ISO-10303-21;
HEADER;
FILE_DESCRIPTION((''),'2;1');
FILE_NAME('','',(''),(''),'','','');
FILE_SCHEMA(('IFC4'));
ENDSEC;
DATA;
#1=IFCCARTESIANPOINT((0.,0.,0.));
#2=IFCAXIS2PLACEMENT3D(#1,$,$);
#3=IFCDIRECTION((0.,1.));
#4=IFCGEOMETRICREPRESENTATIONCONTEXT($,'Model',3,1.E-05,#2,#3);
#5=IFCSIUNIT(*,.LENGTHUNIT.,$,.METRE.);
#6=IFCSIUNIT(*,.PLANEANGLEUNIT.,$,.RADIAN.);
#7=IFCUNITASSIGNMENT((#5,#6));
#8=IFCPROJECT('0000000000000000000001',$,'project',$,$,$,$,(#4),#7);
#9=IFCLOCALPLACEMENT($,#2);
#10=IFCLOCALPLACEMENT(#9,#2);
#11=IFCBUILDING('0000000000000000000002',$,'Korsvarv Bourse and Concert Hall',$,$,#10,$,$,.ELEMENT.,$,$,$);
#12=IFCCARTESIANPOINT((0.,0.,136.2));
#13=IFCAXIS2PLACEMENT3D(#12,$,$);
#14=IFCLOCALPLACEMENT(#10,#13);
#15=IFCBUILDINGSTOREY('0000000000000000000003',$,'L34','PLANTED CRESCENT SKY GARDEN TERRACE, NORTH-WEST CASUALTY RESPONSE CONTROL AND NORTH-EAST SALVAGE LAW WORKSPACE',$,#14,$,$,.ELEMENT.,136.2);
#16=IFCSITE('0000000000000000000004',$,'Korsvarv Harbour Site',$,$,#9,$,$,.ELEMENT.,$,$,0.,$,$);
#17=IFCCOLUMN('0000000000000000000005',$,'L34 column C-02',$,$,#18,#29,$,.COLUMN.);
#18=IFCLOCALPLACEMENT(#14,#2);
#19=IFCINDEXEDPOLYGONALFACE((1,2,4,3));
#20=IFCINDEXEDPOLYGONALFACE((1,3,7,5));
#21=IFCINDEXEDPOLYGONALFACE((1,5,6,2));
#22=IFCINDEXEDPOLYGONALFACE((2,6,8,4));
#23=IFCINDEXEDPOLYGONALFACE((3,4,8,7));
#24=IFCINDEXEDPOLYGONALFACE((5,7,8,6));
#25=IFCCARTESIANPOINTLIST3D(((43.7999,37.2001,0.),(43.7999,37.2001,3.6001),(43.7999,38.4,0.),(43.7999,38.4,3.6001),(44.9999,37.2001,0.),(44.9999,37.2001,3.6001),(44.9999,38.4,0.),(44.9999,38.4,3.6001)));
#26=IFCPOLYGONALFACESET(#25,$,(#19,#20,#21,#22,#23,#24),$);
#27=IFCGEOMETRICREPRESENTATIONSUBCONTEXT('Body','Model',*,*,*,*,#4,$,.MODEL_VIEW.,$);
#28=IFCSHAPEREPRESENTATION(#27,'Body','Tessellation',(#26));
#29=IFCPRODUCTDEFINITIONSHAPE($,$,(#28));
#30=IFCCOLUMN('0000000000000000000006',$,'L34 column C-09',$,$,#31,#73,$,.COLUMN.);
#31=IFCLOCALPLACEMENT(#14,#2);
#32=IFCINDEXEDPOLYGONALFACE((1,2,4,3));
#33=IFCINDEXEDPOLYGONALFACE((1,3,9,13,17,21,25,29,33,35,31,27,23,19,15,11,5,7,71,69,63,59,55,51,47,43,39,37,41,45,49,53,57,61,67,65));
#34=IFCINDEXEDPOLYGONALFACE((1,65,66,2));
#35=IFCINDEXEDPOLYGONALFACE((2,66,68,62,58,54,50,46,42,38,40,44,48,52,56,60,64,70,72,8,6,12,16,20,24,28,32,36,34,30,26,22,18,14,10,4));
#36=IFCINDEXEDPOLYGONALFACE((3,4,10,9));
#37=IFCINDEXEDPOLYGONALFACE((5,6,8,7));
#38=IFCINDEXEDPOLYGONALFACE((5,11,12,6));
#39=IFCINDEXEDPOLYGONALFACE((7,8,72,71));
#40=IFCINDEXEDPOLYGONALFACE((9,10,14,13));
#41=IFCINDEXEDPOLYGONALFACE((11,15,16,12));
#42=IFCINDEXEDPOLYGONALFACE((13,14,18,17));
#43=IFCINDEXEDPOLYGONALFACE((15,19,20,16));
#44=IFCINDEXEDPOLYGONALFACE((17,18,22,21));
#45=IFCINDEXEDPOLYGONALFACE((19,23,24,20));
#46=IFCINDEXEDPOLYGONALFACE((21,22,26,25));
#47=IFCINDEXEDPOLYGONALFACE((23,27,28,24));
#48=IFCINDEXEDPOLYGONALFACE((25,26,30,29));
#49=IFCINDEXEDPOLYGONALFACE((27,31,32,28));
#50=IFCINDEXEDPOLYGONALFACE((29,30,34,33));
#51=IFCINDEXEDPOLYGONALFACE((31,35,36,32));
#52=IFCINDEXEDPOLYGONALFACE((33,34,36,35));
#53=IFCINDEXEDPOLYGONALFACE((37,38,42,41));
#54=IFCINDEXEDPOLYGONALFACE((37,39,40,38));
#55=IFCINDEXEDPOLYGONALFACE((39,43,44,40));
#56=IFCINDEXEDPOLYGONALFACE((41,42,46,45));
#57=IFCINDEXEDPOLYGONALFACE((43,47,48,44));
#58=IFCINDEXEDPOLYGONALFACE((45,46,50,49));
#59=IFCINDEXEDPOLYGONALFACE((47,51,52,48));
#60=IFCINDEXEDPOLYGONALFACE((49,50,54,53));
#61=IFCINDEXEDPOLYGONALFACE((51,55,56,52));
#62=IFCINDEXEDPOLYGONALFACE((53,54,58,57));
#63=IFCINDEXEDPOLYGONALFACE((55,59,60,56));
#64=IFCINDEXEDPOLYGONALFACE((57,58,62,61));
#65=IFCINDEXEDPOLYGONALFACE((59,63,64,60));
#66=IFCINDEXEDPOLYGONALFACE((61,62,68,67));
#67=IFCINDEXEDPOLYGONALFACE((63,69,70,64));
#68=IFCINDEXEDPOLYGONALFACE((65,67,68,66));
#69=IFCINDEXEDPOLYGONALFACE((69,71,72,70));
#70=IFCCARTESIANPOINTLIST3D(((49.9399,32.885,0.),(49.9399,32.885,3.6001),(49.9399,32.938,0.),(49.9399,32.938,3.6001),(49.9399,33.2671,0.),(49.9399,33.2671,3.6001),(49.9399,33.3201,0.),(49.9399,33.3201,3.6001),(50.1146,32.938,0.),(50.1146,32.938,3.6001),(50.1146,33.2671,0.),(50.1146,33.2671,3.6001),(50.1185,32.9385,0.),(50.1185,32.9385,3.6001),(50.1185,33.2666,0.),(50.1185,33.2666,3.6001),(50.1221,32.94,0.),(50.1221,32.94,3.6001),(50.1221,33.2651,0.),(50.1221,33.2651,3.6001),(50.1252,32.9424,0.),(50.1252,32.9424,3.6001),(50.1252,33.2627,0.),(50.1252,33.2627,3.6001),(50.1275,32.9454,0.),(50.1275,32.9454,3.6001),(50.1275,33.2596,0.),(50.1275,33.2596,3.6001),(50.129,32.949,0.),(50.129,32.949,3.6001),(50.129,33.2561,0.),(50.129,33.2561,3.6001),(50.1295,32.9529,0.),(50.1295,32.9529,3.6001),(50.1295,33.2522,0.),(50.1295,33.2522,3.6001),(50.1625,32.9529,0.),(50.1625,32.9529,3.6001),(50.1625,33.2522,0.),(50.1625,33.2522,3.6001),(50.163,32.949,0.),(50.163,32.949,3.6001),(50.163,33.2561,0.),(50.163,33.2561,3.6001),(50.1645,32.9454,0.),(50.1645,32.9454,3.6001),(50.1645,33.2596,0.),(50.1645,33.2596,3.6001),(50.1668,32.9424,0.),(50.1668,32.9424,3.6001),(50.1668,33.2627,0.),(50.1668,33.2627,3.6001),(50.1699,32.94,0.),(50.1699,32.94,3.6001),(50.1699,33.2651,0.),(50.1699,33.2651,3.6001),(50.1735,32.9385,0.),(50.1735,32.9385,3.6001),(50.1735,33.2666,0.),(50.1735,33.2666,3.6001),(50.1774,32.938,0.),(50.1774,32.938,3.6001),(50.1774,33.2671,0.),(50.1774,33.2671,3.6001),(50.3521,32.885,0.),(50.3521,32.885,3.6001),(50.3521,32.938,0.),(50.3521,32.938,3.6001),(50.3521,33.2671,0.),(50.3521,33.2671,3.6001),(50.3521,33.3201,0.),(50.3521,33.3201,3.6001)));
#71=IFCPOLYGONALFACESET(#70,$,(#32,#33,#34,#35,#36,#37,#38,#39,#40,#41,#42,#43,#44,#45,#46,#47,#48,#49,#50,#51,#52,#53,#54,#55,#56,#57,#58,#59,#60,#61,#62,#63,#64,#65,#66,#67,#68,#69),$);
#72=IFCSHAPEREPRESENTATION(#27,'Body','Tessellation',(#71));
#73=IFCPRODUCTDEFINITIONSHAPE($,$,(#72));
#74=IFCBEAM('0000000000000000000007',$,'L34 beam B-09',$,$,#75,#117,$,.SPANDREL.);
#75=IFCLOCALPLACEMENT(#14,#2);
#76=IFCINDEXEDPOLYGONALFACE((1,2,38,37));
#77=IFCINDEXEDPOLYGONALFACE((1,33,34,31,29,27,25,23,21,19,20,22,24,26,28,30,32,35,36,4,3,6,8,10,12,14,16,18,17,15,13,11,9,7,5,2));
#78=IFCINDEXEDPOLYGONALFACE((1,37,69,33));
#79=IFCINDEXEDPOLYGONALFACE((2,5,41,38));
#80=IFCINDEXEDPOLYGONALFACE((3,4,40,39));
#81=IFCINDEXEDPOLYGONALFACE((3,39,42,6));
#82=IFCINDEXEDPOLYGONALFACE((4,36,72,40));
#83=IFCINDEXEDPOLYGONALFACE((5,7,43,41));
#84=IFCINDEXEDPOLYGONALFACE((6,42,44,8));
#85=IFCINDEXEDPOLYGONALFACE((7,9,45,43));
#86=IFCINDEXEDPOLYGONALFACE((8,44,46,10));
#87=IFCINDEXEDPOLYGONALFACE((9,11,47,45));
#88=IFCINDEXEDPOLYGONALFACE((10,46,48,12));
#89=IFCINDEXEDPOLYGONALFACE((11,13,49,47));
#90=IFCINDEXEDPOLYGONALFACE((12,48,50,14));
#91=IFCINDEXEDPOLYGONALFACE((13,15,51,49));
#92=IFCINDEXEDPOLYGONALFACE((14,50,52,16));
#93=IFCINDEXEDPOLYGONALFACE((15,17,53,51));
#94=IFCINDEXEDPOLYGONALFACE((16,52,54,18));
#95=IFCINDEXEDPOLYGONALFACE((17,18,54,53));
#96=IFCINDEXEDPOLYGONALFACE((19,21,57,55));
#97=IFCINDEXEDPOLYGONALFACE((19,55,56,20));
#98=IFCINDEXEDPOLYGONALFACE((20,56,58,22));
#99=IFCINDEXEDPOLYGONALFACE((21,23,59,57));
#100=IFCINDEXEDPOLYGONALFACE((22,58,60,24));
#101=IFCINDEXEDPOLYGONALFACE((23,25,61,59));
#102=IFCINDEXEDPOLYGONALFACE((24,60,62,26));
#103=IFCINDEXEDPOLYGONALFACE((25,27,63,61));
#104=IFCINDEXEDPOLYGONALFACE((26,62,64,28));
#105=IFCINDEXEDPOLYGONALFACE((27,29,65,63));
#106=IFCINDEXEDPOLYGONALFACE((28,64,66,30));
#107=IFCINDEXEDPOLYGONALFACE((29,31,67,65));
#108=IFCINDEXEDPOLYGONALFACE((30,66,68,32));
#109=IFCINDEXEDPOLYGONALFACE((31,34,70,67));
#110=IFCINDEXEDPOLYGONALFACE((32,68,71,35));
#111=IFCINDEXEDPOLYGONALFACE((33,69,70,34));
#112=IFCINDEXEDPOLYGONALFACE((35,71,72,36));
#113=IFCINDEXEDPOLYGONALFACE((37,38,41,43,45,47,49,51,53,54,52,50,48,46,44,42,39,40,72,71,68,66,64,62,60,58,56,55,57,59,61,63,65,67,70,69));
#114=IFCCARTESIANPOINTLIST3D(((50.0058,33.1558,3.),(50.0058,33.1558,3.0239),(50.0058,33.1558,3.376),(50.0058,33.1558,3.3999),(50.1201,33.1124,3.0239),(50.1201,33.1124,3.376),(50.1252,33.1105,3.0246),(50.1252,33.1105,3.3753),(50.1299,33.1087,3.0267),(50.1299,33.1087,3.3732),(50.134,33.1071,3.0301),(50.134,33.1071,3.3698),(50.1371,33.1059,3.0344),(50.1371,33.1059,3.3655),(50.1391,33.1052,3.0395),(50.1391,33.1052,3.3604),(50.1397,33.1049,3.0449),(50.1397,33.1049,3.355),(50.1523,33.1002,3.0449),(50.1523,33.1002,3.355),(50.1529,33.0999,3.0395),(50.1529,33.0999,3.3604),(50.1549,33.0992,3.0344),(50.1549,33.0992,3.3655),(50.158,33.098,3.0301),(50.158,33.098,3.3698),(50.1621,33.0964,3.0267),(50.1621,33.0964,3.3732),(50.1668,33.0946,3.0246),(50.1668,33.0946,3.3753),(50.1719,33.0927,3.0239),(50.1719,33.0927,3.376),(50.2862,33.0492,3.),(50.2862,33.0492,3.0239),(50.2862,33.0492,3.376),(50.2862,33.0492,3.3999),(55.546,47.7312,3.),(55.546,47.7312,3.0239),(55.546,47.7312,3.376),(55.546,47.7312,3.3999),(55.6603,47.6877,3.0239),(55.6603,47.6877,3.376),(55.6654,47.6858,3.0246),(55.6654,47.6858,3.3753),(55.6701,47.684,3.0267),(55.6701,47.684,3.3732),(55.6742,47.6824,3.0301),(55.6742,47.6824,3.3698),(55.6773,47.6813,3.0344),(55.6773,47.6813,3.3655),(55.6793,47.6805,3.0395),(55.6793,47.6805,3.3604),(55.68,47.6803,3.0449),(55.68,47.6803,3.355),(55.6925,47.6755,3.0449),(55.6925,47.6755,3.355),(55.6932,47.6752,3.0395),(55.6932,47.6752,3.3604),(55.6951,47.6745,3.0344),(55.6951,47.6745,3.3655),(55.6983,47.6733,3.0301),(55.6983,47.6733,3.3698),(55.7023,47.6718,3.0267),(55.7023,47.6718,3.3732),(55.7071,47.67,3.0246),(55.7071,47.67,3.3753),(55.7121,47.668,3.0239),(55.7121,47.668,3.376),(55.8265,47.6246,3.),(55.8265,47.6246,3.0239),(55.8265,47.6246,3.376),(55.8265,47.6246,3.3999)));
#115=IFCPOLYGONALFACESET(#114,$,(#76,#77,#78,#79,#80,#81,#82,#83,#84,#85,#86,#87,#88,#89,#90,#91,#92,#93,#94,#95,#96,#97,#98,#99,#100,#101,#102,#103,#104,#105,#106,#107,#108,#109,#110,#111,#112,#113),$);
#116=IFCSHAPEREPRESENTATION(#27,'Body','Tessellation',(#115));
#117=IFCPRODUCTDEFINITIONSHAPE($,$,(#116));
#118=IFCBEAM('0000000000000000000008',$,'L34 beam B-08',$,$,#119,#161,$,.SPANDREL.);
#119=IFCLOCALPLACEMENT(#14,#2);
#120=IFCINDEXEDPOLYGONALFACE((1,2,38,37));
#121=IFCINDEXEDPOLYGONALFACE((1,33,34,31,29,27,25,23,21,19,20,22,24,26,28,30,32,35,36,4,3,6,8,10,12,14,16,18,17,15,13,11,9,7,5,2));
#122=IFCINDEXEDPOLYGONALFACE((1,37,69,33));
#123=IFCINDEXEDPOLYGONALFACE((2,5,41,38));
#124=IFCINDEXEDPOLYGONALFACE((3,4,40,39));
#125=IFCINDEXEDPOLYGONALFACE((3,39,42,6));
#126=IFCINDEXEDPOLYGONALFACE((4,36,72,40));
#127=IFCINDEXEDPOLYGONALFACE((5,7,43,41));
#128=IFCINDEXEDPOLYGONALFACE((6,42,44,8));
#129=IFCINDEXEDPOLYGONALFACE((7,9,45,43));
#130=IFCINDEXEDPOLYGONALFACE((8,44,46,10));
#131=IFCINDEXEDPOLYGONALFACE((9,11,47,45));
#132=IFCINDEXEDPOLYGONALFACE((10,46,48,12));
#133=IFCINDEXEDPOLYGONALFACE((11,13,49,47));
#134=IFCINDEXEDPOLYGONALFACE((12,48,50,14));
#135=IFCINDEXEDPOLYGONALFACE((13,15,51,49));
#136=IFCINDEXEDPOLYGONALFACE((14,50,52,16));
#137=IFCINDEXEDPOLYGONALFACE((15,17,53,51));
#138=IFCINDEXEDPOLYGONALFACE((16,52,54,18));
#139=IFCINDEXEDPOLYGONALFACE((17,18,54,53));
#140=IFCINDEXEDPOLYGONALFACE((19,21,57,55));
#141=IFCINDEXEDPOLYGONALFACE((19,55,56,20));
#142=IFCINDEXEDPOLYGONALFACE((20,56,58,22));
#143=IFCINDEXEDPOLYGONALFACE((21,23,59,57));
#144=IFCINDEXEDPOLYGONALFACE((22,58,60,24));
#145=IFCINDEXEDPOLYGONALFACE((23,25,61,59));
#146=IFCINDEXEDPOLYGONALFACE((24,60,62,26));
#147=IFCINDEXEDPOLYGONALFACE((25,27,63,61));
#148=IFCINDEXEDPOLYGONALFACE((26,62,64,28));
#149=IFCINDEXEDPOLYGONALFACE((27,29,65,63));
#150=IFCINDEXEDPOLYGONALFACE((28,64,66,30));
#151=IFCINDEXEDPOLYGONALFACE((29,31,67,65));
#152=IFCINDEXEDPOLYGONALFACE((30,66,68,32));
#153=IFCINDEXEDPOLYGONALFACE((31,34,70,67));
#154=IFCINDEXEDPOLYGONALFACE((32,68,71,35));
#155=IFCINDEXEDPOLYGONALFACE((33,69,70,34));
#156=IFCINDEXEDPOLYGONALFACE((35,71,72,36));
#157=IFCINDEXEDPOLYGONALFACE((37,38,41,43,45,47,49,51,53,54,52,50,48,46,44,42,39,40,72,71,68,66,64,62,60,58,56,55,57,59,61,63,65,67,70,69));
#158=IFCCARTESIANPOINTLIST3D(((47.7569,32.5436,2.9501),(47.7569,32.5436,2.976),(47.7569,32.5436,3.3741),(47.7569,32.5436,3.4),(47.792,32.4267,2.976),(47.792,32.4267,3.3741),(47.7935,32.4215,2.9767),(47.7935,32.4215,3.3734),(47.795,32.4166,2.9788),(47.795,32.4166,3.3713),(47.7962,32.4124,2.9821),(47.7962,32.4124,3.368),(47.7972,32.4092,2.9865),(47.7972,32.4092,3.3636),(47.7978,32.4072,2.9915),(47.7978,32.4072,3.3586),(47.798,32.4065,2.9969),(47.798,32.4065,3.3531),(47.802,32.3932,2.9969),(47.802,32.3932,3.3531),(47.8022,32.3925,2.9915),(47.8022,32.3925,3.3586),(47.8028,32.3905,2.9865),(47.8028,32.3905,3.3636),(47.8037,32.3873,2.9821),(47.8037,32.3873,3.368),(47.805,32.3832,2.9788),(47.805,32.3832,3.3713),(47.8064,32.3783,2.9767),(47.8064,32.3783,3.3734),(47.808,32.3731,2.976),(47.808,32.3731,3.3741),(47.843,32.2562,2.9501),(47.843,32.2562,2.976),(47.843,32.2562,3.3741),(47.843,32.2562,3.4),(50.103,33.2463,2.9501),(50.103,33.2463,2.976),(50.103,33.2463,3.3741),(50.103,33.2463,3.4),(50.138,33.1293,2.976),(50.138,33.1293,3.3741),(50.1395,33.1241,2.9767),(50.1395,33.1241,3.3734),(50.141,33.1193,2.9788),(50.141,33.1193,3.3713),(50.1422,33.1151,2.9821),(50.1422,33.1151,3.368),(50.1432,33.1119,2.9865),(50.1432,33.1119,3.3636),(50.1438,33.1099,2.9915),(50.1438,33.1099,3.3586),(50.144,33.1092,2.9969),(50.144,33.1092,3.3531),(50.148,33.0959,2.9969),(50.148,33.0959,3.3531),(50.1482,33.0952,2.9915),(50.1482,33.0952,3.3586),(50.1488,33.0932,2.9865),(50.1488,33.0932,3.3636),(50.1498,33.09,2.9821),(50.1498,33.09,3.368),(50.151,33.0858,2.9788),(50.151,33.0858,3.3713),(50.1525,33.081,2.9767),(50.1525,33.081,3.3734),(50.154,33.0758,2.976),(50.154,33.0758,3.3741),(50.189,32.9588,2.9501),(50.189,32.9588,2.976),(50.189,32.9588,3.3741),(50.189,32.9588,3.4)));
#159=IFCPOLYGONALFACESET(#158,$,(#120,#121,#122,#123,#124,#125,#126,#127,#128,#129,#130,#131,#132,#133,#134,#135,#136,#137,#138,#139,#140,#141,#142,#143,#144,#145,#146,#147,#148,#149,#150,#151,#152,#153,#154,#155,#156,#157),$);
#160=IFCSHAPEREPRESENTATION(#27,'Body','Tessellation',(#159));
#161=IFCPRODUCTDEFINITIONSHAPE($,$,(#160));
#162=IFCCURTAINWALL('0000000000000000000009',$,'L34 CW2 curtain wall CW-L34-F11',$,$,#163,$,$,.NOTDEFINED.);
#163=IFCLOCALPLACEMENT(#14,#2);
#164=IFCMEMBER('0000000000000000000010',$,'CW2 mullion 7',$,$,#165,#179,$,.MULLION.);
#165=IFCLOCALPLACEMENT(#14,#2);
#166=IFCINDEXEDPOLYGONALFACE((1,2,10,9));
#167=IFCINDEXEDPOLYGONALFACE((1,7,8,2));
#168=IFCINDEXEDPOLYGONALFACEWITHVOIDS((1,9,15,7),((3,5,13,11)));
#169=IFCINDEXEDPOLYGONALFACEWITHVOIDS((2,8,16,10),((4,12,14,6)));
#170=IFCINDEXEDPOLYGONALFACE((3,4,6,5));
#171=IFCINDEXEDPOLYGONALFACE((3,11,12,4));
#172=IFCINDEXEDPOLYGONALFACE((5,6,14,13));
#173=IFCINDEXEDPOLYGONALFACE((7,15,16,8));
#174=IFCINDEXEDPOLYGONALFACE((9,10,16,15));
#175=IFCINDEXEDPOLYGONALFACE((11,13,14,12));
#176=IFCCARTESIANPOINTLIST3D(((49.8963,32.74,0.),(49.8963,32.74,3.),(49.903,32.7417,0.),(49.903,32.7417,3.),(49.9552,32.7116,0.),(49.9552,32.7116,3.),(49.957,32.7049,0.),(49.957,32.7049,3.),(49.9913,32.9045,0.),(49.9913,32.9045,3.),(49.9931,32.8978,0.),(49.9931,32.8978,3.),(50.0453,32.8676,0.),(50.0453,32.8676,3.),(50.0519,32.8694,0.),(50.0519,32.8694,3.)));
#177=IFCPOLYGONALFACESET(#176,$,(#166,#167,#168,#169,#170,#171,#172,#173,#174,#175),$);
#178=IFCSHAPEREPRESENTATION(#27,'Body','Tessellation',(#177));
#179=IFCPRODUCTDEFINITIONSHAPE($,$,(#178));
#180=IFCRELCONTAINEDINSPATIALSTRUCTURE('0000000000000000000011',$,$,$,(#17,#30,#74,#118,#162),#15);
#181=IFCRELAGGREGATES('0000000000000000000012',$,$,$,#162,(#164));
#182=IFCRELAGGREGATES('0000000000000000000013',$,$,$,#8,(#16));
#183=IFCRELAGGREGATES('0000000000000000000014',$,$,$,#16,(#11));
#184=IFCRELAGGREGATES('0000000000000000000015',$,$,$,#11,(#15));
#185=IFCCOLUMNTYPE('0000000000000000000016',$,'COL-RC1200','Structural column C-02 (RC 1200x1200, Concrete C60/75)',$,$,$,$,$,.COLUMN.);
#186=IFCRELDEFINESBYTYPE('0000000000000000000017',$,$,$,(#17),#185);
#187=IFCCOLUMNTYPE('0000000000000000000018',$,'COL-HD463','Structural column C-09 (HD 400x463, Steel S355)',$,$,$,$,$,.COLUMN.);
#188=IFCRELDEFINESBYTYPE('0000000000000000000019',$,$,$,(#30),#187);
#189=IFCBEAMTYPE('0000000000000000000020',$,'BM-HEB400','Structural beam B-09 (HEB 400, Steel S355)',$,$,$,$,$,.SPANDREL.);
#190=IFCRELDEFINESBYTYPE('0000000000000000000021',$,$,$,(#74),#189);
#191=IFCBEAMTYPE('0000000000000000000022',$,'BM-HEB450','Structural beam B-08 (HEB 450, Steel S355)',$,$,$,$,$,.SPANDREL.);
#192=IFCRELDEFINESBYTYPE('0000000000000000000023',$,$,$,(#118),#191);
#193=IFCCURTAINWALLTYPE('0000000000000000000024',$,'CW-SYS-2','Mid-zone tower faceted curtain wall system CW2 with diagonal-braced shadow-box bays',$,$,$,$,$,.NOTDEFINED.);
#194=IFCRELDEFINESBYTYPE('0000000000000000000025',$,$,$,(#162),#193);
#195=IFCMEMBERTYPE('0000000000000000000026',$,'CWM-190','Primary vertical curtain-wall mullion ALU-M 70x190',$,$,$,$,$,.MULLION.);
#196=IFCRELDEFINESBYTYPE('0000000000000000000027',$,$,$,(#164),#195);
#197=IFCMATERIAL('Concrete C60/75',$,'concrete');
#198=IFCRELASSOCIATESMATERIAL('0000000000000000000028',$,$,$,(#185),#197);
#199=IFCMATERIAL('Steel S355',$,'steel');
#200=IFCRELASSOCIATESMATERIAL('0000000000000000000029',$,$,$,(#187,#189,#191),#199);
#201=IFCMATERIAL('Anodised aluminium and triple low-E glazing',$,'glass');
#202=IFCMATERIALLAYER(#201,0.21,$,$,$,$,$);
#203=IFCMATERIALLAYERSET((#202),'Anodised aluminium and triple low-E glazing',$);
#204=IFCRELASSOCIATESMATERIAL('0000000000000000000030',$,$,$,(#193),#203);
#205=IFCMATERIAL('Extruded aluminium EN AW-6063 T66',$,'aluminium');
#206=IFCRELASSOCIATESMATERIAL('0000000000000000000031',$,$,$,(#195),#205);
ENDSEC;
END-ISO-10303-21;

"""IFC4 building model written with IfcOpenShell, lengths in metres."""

from ifc_helpers import new_model, si_unit, direction, frame, origin, origin_2d, place, context, subcontext, project, spatial, rectangle, hollow_rectangle, i_section, extrude, source, transform, mapped, material, layer, layer_set, material_profile, profile_set, type_object, element, aggregate, save


model = new_model("IFC4")

# Units and contexts
model_context = context("Model", 3, precision=1e-05, world=origin(), true_north=direction((0.0, 1.0)))
body_context = subcontext(model_context, "Body", "Model", "MODEL_VIEW")
ifc_project = project(units=[si_unit("LENGTHUNIT", "METRE"), si_unit("PLANEANGLEUNIT", "RADIAN")], contexts=[model_context])

# Site, building, storey
site_placement = place(None, origin())
site = spatial("IfcSite", under=ifc_project, at=site_placement, Name="Korsvarv Harbour Site", CompositionType="ELEMENT", RefElevation=0.0)
building_placement = place(site_placement, origin())
building = spatial("IfcBuilding", under=site, at=building_placement, Name="Korsvarv Bourse and Concert Hall", CompositionType="ELEMENT")
storey_placement = place(building_placement, frame((0.0, 0.0, 136.2)))
storey = spatial("IfcBuildingStorey", under=building, at=storey_placement, Name="L34", Description="PLANTED CRESCENT SKY GARDEN TERRACE, NORTH-WEST CASUALTY RESPONSE CONTROL AND NORTH-EAST SALVAGE LAW WORKSPACE", CompositionType="ELEMENT", Elevation=136.2)

# Columns
ifc_material_1 = material(Name="Concrete C60/75", Category="concrete")
ifc_material_profile_1 = material_profile(ifc_material_1, rectangle(XDim=1.2, YDim=1.2, at=origin_2d()), Name="RC 1200x1200")
ifc_profile_set_1 = profile_set([ifc_material_profile_1], Name="Concrete C60/75")
column_type_1 = type_object("IfcColumnType", Name="COL-RC1200", Description="Structural column C-02 (RC 1200x1200, Concrete C60/75)", PredefinedType="COLUMN", material=ifc_profile_set_1)
shared_shape_1 = source(origin(), body_context, "Body", "SweptSolid", [
    extrude(rectangle(XDim=1.2, YDim=1.2, at=origin_2d()), origin(), (0.0, 0.0, 1.0), 3.6001),
])
column_1_placement = place(storey_placement, frame((44.3999, 37.8, 0.0), z_axis=(0.0, 0.0, 1.0), x_axis=(1.0, 0.0, 0.0)))
element("IfcColumn", 1, at=column_1_placement, inside=storey, type_object=column_type_1, Name="L34 column C-02", PredefinedType="COLUMN", context=body_context, shape_type="MappedRepresentation", body=[
    mapped(shared_shape_1, transform((0.0, 0.0, 0.0), scale=1.0)),
])
ifc_material_2 = material(Name="Steel S355", Category="steel")
ifc_material_profile_2 = material_profile(ifc_material_2, i_section(OverallWidth=0.4121, OverallDepth=0.4351, WebThickness=0.033, FlangeThickness=0.053, FilletRadius=0.0149, at=origin_2d()), Name="HD 400x463")
ifc_profile_set_2 = profile_set([ifc_material_profile_2], Name="Steel S355")
column_type_2 = type_object("IfcColumnType", Name="COL-HD463", Description="Structural column C-09 (HD 400x463, Steel S355)", PredefinedType="COLUMN", material=ifc_profile_set_2)
shared_shape_2 = source(origin(), body_context, "Body", "SweptSolid", [
    extrude(i_section(OverallWidth=0.4121, OverallDepth=0.4351, WebThickness=0.033, FlangeThickness=0.053, FilletRadius=0.0149, at=origin_2d()), origin(), (0.0, 0.0, 1.0), 3.6001),
])
column_2_placement = place(storey_placement, frame((50.146, 33.1025, 0.0), z_axis=(0.0, 0.0, 1.0), x_axis=(1.0, 0.0, 0.0)))
element("IfcColumn", 2, at=column_2_placement, inside=storey, type_object=column_type_2, Name="L34 column C-09", PredefinedType="COLUMN", context=body_context, shape_type="MappedRepresentation", body=[
    mapped(shared_shape_2, transform((0.0, 0.0, 0.0), scale=1.0)),
])

# Beams
ifc_material_profile_3 = material_profile(ifc_material_2, i_section(OverallWidth=0.3, OverallDepth=0.3999, WebThickness=0.0134, FlangeThickness=0.0239, FilletRadius=0.021, at=origin_2d()), Name="HEB 400")
ifc_profile_set_3 = profile_set([ifc_material_profile_3], Name="Steel S355")
beam_type_1 = type_object("IfcBeamType", Name="BM-HEB400", Description="Structural beam B-09 (HEB 400, Steel S355)", PredefinedType="SPANDREL", material=ifc_profile_set_3)
shared_shape_3 = source(origin(), body_context, "Body", "SweptSolid", [
    extrude(i_section(OverallWidth=0.3, OverallDepth=0.3999, WebThickness=0.0134, FlangeThickness=0.0239, FilletRadius=0.021, at=origin_2d()), origin(), (0.0, 0.0, 1.0), 15.5928),
])
beam_1_placement = place(storey_placement, frame((50.146, 33.1025, 3.2), z_axis=(0.355308, 0.934749, 0.0), x_axis=(-0.934749, 0.355308, 0.0)))
element("IfcBeam", 3, at=beam_1_placement, inside=storey, type_object=beam_type_1, Name="L34 beam B-09", PredefinedType="SPANDREL", context=body_context, shape_type="MappedRepresentation", body=[
    mapped(shared_shape_3, transform((0.0, 0.0, 0.0), scale=1.0)),
])
ifc_material_profile_4 = material_profile(ifc_material_2, i_section(OverallWidth=0.3, OverallDepth=0.45, WebThickness=0.0139, FlangeThickness=0.0259, FilletRadius=0.021, at=origin_2d()), Name="HEB 450")
ifc_profile_set_4 = profile_set([ifc_material_profile_4], Name="Steel S355")
beam_type_2 = type_object("IfcBeamType", Name="BM-HEB450", Description="Structural beam B-08 (HEB 450, Steel S355)", PredefinedType="SPANDREL", material=ifc_profile_set_4)
shared_shape_4 = source(origin(), body_context, "Body", "SweptSolid", [
    extrude(i_section(OverallWidth=0.3, OverallDepth=0.45, WebThickness=0.0139, FlangeThickness=0.0259, FilletRadius=0.021, at=origin_2d()), origin(), (0.0, 0.0, 1.0), 2.449),
])
beam_2_placement = place(storey_placement, frame((50.146, 33.1025, 3.175), z_axis=(-0.957955, -0.286918, 0.0), x_axis=(0.286918, -0.957955, 0.0)))
element("IfcBeam", 4, at=beam_2_placement, inside=storey, type_object=beam_type_2, Name="L34 beam B-08", PredefinedType="SPANDREL", context=body_context, shape_type="MappedRepresentation", body=[
    mapped(shared_shape_4, transform((0.0, 0.0, 0.0), scale=1.0)),
])

# Curtain wall, member
ifc_material_3 = material(Name="Anodised aluminium and triple low-E glazing", Category="glass")
ifc_layer_1 = layer(ifc_material_3, 0.21)
ifc_layer_set_1 = layer_set([ifc_layer_1], Name="Anodised aluminium and triple low-E glazing")
curtain_wall_type = type_object("IfcCurtainWallType", Name="CW-SYS-2", Description="Mid-zone tower faceted curtain wall system CW2 with diagonal-braced shadow-box bays", PredefinedType="NOTDEFINED", material=ifc_layer_set_1)
curtain_wall_placement = place(storey_placement, origin())
curtain_wall = element("IfcCurtainWall", 5, at=curtain_wall_placement, inside=storey, type_object=curtain_wall_type, Name="L34 CW2 curtain wall CW-L34-F11", PredefinedType="NOTDEFINED")
ifc_material_4 = material(Name="Extruded aluminium EN AW-6063 T66", Category="aluminium")
ifc_material_profile_5 = material_profile(ifc_material_4, hollow_rectangle(XDim=0.0701, YDim=0.1899, WallThickness=0.0049, at=origin_2d()), Name="ALU-M 70x190")
ifc_profile_set_5 = profile_set([ifc_material_profile_5], Name="Extruded aluminium EN AW-6063 T66")
member_type_1 = type_object("IfcMemberType", Name="CWM-190", Description="Primary vertical curtain-wall mullion ALU-M 70x190", PredefinedType="MULLION", material=ifc_profile_set_5)
shared_shape_5 = source(origin(), body_context, "Body", "SweptSolid", [
    extrude(hollow_rectangle(XDim=0.0701, YDim=0.1899, WallThickness=0.0049, at=origin_2d()), origin(), (0.0, 0.0, 1.0), 3.0),
])
member_1_placement = place(storey_placement, frame((49.9741, 32.8047, 0.0), z_axis=(0.0, 0.0, 1.0), x_axis=(-0.866025, 0.5, 0.0)))
member_1 = element("IfcMember", 6, at=member_1_placement, type_object=member_type_1, Name="CW2 mullion 7", PredefinedType="MULLION", context=body_context, shape_type="MappedRepresentation", body=[
    mapped(shared_shape_5, transform((0.0, 0.0, 0.0), scale=1.0)),
])
aggregate(curtain_wall, [member_1])

save(model, "model.ifc")
